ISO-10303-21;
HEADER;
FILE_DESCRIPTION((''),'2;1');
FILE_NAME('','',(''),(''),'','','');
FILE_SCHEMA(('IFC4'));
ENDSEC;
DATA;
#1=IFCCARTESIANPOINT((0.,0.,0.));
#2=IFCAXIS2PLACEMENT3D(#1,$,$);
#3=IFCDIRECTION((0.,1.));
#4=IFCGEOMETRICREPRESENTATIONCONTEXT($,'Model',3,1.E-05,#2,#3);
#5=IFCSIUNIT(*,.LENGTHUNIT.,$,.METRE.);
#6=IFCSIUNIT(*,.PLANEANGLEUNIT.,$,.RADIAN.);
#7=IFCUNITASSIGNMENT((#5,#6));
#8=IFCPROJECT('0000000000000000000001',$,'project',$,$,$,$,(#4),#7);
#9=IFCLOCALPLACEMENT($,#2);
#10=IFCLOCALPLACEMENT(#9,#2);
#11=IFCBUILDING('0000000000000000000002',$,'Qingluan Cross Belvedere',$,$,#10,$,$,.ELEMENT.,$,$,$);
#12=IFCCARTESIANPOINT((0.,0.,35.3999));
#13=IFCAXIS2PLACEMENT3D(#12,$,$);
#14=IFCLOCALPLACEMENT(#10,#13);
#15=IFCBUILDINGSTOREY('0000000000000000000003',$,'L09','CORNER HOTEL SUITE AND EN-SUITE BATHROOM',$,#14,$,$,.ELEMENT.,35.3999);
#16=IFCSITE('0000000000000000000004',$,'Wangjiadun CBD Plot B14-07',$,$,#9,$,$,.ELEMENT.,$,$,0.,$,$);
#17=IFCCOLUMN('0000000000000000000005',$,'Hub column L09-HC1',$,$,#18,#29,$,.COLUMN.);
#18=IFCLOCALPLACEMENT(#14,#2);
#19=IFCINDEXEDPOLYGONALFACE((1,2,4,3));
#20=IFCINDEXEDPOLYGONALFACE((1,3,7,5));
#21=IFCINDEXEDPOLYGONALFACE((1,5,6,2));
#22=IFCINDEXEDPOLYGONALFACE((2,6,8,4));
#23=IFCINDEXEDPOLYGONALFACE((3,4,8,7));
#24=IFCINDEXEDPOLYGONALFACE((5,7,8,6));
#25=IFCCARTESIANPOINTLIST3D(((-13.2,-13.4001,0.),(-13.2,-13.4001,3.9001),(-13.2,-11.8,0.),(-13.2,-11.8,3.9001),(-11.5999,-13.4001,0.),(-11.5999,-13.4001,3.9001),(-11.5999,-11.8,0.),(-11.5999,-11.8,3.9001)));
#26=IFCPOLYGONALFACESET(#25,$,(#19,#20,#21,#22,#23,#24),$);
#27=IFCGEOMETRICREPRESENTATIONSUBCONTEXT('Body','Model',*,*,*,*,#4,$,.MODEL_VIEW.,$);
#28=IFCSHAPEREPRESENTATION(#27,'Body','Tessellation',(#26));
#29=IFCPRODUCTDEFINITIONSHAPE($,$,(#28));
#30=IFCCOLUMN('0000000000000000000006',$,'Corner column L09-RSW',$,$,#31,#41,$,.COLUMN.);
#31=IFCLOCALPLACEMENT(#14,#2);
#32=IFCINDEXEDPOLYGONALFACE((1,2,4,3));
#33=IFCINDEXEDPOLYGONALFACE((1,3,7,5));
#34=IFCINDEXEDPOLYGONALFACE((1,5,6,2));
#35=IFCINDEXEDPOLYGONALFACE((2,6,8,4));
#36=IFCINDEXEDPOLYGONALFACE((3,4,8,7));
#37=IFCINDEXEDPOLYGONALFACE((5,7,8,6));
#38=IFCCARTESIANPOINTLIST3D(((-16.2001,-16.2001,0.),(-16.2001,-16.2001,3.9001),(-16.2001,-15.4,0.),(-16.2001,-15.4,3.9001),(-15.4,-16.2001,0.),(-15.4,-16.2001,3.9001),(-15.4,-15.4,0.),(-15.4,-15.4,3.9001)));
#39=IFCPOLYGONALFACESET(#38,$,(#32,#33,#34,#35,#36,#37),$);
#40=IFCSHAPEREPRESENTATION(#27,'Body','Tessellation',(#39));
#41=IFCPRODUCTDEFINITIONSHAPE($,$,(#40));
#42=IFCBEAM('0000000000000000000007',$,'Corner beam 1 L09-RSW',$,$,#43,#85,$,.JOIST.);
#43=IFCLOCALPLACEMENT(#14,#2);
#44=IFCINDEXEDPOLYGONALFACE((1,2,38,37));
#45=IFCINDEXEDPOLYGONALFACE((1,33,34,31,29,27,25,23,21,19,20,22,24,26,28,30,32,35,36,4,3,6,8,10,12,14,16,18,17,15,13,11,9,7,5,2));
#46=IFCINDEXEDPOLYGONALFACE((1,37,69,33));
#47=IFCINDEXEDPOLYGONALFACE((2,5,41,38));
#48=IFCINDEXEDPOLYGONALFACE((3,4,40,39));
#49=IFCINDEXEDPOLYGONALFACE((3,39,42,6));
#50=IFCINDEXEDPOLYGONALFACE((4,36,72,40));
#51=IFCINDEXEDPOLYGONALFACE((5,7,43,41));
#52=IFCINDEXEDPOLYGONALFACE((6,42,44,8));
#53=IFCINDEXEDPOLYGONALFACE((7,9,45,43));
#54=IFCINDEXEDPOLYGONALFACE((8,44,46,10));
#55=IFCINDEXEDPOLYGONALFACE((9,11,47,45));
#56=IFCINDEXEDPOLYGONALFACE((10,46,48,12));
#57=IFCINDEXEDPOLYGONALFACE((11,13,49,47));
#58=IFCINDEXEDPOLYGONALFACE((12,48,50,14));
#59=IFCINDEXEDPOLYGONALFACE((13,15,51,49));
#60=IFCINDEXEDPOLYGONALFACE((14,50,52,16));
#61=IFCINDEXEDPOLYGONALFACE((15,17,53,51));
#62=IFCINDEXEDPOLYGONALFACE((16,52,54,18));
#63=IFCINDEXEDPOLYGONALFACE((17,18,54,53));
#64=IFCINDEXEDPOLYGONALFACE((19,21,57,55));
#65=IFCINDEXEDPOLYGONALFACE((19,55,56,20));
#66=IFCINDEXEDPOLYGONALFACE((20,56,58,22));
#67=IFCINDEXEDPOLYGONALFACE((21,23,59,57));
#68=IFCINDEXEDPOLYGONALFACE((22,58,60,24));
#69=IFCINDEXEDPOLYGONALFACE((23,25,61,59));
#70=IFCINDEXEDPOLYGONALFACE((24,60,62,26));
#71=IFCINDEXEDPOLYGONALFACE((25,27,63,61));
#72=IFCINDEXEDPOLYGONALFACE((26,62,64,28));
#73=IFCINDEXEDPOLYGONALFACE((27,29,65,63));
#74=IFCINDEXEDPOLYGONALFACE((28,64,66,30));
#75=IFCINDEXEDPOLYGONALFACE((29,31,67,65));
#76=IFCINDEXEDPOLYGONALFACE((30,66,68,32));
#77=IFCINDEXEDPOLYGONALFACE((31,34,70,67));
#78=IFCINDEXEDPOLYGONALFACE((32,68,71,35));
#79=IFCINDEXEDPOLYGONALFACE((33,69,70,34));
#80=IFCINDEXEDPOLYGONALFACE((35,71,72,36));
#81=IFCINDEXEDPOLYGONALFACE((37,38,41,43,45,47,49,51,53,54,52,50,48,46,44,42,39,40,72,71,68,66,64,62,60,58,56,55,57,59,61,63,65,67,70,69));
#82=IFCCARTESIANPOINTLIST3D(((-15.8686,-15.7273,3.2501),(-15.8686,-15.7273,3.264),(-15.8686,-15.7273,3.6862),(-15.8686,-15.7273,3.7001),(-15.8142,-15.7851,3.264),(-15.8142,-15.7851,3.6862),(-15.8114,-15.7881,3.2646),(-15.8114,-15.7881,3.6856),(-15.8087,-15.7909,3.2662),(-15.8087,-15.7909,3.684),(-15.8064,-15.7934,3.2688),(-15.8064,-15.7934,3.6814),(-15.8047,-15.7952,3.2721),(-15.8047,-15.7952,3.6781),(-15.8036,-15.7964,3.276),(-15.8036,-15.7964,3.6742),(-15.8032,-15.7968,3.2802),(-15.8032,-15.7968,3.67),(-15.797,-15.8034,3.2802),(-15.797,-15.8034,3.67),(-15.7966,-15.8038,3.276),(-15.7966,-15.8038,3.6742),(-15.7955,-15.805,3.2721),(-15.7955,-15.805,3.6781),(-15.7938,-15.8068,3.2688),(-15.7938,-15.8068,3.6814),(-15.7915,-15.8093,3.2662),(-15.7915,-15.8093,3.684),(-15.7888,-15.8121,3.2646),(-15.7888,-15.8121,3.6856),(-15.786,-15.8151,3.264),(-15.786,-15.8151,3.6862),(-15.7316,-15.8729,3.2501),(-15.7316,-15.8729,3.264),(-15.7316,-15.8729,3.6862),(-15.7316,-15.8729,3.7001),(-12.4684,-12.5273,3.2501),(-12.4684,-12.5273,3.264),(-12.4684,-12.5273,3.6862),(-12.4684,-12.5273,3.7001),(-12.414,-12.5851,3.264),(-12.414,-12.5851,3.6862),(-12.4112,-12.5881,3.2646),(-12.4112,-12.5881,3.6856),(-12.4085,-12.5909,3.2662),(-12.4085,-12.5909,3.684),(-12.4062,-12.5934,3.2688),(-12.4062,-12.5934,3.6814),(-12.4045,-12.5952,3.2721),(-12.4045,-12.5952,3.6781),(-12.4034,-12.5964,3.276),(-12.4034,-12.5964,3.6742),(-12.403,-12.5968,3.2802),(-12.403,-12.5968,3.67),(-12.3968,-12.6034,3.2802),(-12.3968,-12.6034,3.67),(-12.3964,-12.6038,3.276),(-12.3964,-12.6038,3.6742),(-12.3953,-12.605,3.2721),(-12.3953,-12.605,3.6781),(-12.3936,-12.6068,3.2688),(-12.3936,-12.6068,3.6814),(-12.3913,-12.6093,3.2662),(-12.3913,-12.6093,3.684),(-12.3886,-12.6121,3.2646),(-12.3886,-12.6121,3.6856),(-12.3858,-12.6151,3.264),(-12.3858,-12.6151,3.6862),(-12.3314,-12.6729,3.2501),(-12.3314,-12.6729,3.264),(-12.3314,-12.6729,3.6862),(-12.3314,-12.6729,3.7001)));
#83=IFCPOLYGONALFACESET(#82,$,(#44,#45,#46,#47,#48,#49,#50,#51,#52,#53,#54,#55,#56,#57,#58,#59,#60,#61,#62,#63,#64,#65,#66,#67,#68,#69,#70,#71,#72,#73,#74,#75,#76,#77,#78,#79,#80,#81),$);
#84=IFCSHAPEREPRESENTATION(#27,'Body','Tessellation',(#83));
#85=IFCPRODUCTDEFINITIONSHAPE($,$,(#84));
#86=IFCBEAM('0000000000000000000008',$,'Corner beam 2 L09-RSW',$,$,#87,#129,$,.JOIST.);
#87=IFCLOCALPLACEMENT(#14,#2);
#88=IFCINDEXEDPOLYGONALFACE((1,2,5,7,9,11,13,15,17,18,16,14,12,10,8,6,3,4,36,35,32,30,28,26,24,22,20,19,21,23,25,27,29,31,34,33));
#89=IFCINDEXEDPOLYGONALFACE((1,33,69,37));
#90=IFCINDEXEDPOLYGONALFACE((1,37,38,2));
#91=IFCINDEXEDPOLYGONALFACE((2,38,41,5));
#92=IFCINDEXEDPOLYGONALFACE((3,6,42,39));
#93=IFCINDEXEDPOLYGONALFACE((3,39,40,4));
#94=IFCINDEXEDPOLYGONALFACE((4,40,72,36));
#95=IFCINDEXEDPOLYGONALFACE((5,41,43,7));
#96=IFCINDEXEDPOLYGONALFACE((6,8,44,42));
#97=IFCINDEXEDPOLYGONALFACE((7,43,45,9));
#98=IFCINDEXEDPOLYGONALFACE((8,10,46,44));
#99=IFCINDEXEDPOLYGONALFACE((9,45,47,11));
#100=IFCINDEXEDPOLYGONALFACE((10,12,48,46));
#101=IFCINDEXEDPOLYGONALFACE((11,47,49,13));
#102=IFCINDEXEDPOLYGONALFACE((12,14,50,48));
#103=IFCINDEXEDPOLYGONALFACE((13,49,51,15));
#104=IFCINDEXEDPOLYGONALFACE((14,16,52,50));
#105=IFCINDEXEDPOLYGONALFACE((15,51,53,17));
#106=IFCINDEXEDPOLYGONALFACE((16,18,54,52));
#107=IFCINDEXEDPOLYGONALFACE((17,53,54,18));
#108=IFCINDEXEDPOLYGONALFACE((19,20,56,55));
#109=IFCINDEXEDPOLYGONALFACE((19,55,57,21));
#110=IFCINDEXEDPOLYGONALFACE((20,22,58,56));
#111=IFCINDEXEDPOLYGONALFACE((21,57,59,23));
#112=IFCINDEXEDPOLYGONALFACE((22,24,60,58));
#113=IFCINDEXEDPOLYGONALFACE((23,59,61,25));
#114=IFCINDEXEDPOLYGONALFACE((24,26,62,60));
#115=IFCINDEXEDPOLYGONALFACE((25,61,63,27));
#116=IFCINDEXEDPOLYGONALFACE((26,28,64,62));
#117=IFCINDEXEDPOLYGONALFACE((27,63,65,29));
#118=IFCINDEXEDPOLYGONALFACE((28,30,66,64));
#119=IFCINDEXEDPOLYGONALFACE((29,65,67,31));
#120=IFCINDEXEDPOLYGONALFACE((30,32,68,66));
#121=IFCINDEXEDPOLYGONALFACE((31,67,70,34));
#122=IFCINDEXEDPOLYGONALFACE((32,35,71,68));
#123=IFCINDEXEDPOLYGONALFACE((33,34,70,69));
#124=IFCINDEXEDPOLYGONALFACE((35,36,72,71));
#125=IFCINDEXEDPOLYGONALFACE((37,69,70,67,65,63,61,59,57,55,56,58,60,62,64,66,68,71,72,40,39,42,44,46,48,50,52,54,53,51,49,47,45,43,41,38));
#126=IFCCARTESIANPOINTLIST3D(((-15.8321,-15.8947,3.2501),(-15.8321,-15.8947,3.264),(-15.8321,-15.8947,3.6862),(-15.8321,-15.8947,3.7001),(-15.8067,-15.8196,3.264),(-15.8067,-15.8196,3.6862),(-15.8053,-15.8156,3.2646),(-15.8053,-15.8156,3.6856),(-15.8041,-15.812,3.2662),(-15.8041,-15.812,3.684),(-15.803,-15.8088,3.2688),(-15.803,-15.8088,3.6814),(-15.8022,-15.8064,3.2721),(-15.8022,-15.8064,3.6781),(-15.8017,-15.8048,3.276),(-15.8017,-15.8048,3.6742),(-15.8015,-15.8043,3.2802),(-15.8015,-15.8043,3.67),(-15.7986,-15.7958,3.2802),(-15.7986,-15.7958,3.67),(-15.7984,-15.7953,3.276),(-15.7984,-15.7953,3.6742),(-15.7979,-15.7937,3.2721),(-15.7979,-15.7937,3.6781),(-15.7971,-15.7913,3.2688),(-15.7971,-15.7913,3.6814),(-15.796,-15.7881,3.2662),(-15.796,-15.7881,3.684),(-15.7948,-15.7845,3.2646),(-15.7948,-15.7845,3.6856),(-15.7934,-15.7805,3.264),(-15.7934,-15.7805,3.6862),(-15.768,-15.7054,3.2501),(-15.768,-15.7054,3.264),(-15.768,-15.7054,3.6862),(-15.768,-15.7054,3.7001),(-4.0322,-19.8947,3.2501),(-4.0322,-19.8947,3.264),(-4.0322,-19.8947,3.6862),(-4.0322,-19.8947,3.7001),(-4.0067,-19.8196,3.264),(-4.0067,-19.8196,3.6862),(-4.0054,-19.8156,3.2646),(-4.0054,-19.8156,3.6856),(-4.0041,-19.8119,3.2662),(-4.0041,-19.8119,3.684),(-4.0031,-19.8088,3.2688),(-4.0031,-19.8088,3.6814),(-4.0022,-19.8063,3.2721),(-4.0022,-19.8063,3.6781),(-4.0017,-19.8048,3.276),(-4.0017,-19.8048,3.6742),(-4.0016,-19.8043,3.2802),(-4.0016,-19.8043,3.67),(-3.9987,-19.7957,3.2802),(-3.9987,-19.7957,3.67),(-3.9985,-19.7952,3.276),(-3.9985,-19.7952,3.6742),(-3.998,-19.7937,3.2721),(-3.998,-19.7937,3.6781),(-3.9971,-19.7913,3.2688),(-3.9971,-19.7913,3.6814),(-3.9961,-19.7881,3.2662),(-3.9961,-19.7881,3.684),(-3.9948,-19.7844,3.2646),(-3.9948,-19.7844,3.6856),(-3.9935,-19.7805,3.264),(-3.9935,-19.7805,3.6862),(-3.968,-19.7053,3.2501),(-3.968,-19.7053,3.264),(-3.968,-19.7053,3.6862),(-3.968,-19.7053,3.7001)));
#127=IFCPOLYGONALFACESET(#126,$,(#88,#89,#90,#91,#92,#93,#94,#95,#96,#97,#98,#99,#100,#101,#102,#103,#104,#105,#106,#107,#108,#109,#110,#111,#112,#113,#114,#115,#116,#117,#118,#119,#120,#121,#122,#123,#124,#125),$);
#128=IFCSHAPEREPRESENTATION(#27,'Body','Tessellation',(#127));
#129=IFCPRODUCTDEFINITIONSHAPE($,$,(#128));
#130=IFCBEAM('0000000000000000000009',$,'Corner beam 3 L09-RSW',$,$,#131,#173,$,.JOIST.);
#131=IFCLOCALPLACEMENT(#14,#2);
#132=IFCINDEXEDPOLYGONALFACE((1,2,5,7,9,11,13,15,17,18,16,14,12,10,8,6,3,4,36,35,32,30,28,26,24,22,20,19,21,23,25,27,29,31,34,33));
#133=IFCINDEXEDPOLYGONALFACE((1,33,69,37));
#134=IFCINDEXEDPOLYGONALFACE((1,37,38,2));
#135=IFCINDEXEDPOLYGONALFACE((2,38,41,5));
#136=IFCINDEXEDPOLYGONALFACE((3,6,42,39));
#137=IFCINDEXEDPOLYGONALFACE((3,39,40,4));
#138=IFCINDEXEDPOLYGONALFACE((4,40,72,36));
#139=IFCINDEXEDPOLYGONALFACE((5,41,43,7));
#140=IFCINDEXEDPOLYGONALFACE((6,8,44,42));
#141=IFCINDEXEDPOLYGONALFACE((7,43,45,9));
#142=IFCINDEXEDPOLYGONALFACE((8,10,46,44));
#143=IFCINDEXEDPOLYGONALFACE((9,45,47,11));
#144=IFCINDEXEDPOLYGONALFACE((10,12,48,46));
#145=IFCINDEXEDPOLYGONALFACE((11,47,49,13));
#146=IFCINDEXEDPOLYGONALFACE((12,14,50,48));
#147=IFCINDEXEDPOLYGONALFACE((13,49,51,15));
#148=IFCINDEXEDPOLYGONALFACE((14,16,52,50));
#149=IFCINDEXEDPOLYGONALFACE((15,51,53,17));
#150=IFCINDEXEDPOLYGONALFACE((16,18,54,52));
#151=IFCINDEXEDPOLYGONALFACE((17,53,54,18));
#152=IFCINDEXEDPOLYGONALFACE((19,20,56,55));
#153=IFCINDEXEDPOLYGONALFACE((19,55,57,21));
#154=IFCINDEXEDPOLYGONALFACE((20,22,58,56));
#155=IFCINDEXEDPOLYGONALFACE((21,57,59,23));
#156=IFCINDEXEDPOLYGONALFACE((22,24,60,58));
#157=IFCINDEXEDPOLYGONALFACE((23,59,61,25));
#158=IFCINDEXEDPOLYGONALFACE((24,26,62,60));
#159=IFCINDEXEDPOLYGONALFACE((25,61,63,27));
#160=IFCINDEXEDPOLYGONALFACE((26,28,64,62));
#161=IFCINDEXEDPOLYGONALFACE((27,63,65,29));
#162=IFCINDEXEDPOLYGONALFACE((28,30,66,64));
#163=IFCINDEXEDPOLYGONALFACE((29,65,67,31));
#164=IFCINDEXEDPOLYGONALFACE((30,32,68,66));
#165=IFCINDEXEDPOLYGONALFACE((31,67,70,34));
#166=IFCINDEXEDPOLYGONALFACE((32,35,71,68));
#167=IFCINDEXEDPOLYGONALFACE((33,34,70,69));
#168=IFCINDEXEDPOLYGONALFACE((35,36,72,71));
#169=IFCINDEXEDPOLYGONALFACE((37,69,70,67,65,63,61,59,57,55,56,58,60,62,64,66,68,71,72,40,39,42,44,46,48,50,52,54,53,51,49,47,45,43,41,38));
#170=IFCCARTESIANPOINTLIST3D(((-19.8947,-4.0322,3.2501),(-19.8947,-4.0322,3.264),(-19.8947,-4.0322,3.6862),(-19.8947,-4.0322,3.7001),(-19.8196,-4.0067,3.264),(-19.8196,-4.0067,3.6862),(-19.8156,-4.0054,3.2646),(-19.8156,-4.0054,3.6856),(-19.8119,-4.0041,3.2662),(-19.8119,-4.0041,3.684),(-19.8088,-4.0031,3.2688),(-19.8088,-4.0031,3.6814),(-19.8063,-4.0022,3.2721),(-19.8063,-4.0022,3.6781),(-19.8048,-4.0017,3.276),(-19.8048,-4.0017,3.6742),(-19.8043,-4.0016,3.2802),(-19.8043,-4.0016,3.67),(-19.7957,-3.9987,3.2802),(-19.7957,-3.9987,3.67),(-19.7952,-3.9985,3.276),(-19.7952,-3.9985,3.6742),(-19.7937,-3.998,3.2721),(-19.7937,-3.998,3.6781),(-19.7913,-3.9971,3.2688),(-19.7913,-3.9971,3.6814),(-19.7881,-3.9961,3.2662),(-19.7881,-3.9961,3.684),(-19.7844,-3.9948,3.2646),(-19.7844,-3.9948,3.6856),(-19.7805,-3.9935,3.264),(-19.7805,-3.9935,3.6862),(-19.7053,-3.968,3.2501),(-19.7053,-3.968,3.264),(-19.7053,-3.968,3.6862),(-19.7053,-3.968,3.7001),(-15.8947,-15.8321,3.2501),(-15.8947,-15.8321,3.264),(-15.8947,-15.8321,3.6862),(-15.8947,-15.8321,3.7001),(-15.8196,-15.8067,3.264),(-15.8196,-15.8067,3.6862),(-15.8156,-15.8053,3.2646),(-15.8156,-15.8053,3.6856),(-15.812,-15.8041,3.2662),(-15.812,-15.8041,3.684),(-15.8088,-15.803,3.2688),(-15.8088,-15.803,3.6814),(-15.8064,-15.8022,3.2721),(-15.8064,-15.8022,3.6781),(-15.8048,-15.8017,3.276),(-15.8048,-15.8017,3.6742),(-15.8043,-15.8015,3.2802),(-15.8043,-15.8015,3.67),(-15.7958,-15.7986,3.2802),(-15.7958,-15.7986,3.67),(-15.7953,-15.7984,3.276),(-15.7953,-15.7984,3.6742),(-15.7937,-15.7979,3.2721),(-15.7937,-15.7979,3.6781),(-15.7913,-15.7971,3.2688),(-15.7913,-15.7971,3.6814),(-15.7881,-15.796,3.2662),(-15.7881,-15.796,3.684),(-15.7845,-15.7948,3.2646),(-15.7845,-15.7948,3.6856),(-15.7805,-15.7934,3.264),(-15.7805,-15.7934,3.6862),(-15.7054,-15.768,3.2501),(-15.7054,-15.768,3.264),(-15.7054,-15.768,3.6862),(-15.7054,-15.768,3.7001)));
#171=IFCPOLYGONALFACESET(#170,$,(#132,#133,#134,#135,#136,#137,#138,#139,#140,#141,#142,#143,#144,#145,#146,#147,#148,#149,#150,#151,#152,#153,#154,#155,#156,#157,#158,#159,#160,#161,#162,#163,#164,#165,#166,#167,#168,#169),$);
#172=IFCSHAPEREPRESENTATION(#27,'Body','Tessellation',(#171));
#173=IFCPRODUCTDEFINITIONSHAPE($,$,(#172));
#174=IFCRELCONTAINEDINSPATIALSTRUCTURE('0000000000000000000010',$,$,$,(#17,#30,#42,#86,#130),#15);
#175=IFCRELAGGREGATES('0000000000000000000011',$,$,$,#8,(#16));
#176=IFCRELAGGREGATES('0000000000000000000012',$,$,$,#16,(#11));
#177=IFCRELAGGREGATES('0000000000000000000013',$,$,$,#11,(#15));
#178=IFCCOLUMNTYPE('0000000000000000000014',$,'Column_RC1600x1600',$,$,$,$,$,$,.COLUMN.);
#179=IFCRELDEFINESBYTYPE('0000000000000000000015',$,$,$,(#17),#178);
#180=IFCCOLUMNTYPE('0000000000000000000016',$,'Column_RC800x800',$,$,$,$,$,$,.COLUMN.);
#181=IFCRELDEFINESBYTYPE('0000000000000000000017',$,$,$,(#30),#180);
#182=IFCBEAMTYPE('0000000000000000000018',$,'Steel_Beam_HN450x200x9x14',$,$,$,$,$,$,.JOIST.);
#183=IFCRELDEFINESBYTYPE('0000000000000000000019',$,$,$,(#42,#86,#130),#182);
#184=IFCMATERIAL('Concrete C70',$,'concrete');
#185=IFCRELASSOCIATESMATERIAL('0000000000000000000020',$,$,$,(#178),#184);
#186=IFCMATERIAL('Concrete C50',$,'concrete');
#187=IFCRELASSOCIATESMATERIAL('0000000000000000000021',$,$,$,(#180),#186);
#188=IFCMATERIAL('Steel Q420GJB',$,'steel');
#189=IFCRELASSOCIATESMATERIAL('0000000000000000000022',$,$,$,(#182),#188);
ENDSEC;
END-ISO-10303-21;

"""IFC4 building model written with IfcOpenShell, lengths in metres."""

from ifc_helpers import new_model, si_unit, direction, frame, origin, origin_2d, place, context, subcontext, project, spatial, rectangle, i_section, extrude, material, material_profile, profile_set, type_object, element, save


model = new_model("IFC4")

# Units and contexts
model_context = context("Model", 3, precision=1e-05, world=origin(), true_north=direction((0.0, 1.0)))
body_context = subcontext(model_context, "Body", "Model", "MODEL_VIEW")
ifc_project = project(units=[si_unit("LENGTHUNIT", "METRE"), si_unit("PLANEANGLEUNIT", "RADIAN")], contexts=[model_context])

# Site, building, storey
site_placement = place(None, origin())
site = spatial("IfcSite", under=ifc_project, at=site_placement, Name="Wangjiadun CBD Plot B14-07", CompositionType="ELEMENT", RefElevation=0.0)
building_placement = place(site_placement, origin())
building = spatial("IfcBuilding", under=site, at=building_placement, Name="Qingluan Cross Belvedere", CompositionType="ELEMENT")
storey_placement = place(building_placement, frame((0.0, 0.0, 35.3999)))
storey = spatial("IfcBuildingStorey", under=building, at=storey_placement, Name="L09", Description="CORNER HOTEL SUITE AND EN-SUITE BATHROOM", CompositionType="ELEMENT", Elevation=35.3999)

# Columns
ifc_material_1 = material(Name="Concrete C70", Category="concrete")
ifc_material_profile_1 = material_profile(ifc_material_1, rectangle(XDim=1.6001, YDim=1.6001, at=origin_2d()), Name="RC1600x1600")
ifc_profile_set_1 = profile_set([ifc_material_profile_1], Name="Concrete C70")
column_type_1 = type_object("IfcColumnType", Name="Column_RC1600x1600", PredefinedType="COLUMN", material=ifc_profile_set_1)
column_1_placement = place(storey_placement, frame((-12.3999, -12.6001, 0.0), z_axis=(0.0, 0.0, 1.0), x_axis=(1.0, 0.0, 0.0)))
element("IfcColumn", 1, at=column_1_placement, inside=storey, type_object=column_type_1, Name="Hub column L09-HC1", PredefinedType="COLUMN", context=body_context, shape_type="SweptSolid", body=[
    extrude(rectangle(XDim=1.6001, YDim=1.6001, at=origin_2d()), origin(), (0.0, 0.0, 1.0), 3.9001),
])
ifc_material_2 = material(Name="Concrete C50", Category="concrete")
ifc_material_profile_2 = material_profile(ifc_material_2, rectangle(XDim=0.8, YDim=0.8, at=origin_2d()), Name="RC800x800")
ifc_profile_set_2 = profile_set([ifc_material_profile_2], Name="Concrete C50")
column_type_2 = type_object("IfcColumnType", Name="Column_RC800x800", PredefinedType="COLUMN", material=ifc_profile_set_2)
column_2_placement = place(storey_placement, frame((-15.8, -15.8, 0.0), z_axis=(0.0, 0.0, 1.0), x_axis=(1.0, 0.0, 0.0)))
element("IfcColumn", 2, at=column_2_placement, inside=storey, type_object=column_type_2, Name="Corner column L09-RSW", PredefinedType="COLUMN", context=body_context, shape_type="SweptSolid", body=[
    extrude(rectangle(XDim=0.8, YDim=0.8, at=origin_2d()), origin(), (0.0, 0.0, 1.0), 3.9001),
])

# Beams
ifc_material_3 = material(Name="Steel Q420GJB", Category="steel")
ifc_material_profile_3 = material_profile(ifc_material_3, i_section(OverallWidth=0.2, OverallDepth=0.45, WebThickness=0.009, FlangeThickness=0.0139, FilletRadius=0.0161, at=origin_2d()), Name="HN450x200x9x14")
ifc_profile_set_3 = profile_set([ifc_material_profile_3], Name="Steel Q420GJB")
beam_type_1 = type_object("IfcBeamType", Name="Steel_Beam_HN450x200x9x14", PredefinedType="JOIST", material=ifc_profile_set_3)
beam_1_placement = place(storey_placement, frame((-12.3999, -12.6001, 3.4751), z_axis=(-0.72822, -0.685343, 0.0), x_axis=(0.685343, -0.72822, 0.0)))
element("IfcBeam", 3, at=beam_1_placement, inside=storey, type_object=beam_type_1, Name="Corner beam 1 L09-RSW", PredefinedType="JOIST", context=body_context, shape_type="SweptSolid", body=[
    extrude(i_section(OverallWidth=0.2, OverallDepth=0.45, WebThickness=0.009, FlangeThickness=0.0139, FilletRadius=0.0161, at=origin_2d()), origin(), (0.0, 0.0, 1.0), 4.6692),
])
for number, where, z_axis, x_axis, name in (
    (4, (-15.8, -15.8, 3.4751), (0.947066, -0.321038, 0.0), (0.321038, 0.947066, 0.0), "Corner beam 2 L09-RSW"),
    (5, (-15.8, -15.8, 3.4751), (-0.321038, 0.947066, 0.0), (-0.947066, -0.321038, 0.0), "Corner beam 3 L09-RSW"),
):
    element("IfcBeam", number, at=place(storey_placement, frame(where, z_axis=z_axis, x_axis=x_axis)), inside=storey, type_object=beam_type_1, Name=name, PredefinedType="JOIST", context=body_context, shape_type="SweptSolid", body=[
        extrude(i_section(OverallWidth=0.2, OverallDepth=0.45, WebThickness=0.009, FlangeThickness=0.0139, FilletRadius=0.0161, at=origin_2d()), origin(), (0.0, 0.0, 1.0), 12.4595),
    ])

save(model, "model.ifc")
